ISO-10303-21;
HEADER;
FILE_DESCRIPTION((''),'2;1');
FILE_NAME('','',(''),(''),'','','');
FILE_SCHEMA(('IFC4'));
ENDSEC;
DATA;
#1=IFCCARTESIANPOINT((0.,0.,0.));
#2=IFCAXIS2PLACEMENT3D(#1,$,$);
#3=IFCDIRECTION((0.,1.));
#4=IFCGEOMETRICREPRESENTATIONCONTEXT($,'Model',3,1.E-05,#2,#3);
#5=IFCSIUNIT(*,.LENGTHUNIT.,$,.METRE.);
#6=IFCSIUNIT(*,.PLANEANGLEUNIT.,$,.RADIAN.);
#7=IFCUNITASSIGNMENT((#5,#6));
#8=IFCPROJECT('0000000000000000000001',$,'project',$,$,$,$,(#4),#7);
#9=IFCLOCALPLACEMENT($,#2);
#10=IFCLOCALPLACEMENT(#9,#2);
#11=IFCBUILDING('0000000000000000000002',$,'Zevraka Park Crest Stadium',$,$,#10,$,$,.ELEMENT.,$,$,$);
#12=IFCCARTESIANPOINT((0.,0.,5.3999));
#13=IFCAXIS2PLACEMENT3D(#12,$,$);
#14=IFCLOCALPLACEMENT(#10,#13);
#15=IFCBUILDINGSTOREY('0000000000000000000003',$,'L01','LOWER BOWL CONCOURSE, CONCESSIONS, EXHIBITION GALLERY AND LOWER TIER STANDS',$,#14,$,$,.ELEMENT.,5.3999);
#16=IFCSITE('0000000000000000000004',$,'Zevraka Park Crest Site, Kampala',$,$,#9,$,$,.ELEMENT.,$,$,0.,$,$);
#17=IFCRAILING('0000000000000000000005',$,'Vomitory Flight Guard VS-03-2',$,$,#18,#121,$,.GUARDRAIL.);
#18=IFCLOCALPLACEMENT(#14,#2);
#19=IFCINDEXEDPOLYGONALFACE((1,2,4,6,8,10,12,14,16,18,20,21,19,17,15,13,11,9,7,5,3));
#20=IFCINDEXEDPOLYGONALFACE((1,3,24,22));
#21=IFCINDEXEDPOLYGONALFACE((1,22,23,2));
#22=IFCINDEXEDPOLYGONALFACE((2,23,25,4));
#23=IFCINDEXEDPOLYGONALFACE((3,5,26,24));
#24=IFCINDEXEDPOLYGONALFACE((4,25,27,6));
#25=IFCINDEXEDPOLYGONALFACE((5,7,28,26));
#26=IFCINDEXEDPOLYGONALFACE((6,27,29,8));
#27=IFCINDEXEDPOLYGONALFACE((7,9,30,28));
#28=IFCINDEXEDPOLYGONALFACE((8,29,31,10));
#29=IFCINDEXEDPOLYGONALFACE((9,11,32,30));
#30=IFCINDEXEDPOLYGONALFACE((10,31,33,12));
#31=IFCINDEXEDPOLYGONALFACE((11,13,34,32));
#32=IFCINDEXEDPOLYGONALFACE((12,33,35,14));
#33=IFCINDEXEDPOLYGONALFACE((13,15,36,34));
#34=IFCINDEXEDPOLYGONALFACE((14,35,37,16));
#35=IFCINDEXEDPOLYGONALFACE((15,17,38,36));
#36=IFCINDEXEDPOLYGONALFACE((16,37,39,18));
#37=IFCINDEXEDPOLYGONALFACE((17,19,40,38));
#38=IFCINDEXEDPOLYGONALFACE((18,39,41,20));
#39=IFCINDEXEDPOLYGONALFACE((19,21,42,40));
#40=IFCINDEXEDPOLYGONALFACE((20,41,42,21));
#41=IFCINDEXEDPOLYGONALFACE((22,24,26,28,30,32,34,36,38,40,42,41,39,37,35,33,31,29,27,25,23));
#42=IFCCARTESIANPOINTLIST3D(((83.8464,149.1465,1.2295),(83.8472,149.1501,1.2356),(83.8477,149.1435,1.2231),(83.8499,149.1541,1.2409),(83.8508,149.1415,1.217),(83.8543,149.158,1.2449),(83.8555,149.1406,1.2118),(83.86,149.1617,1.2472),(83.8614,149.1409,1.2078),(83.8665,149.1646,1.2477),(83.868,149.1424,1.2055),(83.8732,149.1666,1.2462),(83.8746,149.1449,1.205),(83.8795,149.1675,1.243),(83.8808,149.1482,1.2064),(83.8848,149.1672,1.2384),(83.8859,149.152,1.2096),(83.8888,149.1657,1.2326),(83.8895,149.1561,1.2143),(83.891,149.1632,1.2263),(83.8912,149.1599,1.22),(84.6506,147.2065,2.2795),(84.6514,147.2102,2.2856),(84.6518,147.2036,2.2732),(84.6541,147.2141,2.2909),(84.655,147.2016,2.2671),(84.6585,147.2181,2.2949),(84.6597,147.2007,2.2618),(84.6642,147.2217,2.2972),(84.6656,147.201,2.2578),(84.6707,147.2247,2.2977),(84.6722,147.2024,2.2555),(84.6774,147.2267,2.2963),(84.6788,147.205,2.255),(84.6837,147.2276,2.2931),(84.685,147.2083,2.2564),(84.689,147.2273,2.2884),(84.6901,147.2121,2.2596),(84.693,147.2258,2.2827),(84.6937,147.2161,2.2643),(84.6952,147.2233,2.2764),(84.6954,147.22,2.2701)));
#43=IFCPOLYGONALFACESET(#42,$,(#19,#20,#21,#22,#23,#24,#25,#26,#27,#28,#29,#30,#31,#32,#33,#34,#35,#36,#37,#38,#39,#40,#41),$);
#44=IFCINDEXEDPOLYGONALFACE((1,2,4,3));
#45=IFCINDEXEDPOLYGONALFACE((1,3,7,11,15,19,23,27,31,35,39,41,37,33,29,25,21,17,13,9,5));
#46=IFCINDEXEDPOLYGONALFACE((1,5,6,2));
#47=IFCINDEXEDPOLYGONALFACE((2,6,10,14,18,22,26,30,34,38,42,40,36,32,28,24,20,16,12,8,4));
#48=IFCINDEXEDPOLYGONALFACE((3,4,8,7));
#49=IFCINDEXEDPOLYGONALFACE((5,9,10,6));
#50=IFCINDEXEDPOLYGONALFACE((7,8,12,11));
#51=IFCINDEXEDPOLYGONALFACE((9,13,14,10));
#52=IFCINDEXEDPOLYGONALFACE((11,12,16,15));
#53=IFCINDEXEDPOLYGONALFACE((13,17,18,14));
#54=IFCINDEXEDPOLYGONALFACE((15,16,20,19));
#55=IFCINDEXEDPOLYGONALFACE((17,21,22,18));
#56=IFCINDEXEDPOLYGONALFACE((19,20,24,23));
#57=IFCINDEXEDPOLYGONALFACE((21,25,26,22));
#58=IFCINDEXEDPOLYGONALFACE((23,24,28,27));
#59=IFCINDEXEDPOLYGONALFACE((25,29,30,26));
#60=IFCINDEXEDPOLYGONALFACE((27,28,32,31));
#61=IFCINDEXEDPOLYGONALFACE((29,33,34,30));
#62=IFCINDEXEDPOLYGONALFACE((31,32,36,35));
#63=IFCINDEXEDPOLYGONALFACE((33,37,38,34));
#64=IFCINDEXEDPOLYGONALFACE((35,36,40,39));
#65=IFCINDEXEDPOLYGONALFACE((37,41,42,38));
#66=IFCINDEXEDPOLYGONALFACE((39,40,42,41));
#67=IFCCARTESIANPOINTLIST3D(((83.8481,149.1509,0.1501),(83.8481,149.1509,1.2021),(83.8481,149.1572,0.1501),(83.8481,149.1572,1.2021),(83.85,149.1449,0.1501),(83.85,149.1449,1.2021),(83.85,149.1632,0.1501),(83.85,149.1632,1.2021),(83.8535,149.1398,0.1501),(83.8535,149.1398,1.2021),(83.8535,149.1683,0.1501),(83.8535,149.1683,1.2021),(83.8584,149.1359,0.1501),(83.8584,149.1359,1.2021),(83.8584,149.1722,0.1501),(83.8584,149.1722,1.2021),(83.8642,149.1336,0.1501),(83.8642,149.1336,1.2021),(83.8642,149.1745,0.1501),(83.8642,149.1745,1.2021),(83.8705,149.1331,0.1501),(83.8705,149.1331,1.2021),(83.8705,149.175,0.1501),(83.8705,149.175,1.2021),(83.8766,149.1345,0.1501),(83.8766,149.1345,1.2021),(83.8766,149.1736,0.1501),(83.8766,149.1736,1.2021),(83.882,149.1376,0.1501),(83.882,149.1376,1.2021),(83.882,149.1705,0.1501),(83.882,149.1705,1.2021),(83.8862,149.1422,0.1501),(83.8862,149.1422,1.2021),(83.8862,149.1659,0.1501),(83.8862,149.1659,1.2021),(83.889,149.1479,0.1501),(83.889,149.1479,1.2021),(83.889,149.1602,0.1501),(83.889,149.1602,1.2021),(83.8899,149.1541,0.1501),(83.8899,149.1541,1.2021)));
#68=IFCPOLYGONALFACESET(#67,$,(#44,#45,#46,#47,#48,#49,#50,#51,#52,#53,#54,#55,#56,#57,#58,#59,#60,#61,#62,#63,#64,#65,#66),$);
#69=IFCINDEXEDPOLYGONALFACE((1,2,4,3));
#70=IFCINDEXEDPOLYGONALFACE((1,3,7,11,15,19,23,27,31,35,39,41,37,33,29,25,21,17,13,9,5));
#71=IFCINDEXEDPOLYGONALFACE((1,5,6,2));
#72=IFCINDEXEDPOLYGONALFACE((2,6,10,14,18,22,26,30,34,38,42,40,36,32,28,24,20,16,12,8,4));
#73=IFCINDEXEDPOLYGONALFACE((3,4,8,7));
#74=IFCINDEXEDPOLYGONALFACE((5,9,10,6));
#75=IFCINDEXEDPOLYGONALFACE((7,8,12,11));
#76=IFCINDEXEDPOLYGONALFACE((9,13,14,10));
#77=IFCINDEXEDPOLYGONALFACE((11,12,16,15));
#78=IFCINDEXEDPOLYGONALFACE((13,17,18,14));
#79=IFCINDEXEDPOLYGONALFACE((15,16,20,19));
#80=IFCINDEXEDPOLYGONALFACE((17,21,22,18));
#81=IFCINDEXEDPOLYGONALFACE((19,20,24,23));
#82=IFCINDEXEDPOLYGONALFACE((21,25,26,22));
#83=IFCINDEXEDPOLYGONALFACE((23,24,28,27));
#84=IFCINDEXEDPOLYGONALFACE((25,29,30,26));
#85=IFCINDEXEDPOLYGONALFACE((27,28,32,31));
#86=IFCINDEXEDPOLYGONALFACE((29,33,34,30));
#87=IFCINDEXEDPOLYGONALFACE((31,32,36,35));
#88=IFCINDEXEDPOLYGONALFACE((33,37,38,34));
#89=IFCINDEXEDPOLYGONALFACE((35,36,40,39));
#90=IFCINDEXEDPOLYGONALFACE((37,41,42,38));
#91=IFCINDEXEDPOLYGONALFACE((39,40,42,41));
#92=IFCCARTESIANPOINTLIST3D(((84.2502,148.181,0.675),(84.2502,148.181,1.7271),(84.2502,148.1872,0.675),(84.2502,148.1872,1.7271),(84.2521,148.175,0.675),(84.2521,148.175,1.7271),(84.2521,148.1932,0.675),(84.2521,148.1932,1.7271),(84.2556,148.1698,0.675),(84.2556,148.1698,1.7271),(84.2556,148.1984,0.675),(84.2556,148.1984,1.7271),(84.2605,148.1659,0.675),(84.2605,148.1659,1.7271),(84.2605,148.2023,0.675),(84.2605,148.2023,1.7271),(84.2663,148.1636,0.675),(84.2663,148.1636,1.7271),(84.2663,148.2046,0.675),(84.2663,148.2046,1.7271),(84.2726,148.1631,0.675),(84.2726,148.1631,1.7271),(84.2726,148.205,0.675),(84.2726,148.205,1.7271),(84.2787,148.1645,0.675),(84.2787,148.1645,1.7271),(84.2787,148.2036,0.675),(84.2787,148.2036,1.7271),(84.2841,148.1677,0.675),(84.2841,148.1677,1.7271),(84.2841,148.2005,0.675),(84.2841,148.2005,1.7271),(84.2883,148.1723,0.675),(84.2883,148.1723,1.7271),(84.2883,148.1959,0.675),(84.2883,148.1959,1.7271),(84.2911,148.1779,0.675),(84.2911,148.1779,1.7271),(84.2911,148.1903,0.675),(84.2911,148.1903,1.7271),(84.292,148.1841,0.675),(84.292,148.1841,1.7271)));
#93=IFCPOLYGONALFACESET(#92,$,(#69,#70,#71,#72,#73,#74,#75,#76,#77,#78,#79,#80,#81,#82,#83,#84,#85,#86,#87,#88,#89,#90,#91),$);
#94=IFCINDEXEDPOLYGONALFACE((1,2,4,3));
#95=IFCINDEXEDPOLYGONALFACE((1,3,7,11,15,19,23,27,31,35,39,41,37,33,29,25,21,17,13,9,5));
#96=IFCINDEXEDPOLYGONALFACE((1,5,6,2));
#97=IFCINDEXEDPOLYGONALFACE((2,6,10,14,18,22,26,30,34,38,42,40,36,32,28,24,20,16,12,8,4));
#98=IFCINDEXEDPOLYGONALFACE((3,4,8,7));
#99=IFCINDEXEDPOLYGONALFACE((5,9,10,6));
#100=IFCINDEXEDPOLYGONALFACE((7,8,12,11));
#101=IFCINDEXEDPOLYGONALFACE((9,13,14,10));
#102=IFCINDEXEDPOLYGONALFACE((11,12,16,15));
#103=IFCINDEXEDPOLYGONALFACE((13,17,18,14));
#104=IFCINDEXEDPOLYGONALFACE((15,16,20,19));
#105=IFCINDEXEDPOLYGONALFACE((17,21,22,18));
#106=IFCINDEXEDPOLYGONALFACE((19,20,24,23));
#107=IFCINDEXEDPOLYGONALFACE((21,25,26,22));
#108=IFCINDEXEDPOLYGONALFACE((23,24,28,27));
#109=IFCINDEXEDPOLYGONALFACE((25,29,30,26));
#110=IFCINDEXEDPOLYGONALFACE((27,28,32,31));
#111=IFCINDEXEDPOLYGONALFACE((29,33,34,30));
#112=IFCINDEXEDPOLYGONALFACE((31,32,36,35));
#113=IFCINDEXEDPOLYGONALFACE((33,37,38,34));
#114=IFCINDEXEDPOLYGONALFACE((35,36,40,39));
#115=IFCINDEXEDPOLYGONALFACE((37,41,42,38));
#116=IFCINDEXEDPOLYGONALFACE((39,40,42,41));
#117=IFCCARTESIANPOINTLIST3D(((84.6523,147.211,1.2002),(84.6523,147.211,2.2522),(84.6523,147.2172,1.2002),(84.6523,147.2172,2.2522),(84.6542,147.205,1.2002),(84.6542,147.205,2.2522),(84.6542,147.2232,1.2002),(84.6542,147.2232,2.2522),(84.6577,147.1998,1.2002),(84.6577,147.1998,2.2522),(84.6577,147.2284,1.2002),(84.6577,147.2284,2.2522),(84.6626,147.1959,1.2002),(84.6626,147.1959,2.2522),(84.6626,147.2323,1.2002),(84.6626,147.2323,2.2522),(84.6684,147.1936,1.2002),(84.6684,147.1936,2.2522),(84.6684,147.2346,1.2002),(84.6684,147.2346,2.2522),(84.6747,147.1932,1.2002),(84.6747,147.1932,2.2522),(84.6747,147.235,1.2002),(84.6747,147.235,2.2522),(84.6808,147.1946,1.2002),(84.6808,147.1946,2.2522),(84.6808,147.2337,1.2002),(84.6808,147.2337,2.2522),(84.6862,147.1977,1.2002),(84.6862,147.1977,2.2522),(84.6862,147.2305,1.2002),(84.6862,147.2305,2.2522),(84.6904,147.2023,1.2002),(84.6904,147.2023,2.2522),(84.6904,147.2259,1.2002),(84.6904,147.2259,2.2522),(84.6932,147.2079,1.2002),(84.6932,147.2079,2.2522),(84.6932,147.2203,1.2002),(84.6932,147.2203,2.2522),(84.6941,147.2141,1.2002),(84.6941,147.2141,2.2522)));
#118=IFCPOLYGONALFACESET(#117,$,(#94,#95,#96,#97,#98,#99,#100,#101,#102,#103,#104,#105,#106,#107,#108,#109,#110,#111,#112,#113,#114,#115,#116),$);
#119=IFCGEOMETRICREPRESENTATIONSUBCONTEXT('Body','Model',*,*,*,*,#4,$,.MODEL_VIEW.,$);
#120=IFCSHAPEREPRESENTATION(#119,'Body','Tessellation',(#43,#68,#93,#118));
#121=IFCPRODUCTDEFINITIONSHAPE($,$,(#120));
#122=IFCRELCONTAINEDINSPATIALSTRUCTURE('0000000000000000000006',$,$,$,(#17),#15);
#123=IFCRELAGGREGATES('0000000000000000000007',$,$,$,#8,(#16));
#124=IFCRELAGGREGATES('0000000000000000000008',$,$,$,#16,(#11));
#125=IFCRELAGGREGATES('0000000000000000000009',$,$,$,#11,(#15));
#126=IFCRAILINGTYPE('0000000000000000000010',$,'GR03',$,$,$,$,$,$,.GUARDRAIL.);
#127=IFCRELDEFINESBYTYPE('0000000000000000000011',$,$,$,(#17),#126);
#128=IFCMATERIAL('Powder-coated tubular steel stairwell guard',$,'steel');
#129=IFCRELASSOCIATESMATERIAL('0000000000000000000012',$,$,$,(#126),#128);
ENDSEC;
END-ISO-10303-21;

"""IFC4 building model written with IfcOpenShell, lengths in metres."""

from ifc_helpers import new_model, si_unit, direction, frame, origin, origin_2d, place, context, subcontext, project, spatial, circle, extrude, material, type_object, element, save


model = new_model("IFC4")

# Units and contexts
model_context = context("Model", 3, precision=1e-05, world=origin(), true_north=direction((0.0, 1.0)))
body_context = subcontext(model_context, "Body", "Model", "MODEL_VIEW")
ifc_project = project(units=[si_unit("LENGTHUNIT", "METRE"), si_unit("PLANEANGLEUNIT", "RADIAN")], contexts=[model_context])

# Site, building, storey
site_placement = place(None, origin())
site = spatial("IfcSite", under=ifc_project, at=site_placement, Name="Zevraka Park Crest Site, Kampala", CompositionType="ELEMENT", RefElevation=0.0)
building_placement = place(site_placement, origin())
building = spatial("IfcBuilding", under=site, at=building_placement, Name="Zevraka Park Crest Stadium", CompositionType="ELEMENT")
storey_placement = place(building_placement, frame((0.0, 0.0, 5.3999)))
storey = spatial("IfcBuildingStorey", under=building, at=storey_placement, Name="L01", Description="LOWER BOWL CONCOURSE, CONCESSIONS, EXHIBITION GALLERY AND LOWER TIER STANDS", CompositionType="ELEMENT", Elevation=5.3999)

# Railing
ifc_material_1 = material(Name="Powder-coated tubular steel stairwell guard", Category="steel")
railing_type_1 = type_object("IfcRailingType", Name="GR03", PredefinedType="GUARDRAIL", material=ifc_material_1)
railing_1_placement = place(storey_placement, frame((83.8689, 149.1541, 0.1501)))
element("IfcRailing", 1, at=railing_1_placement, inside=storey, type_object=railing_type_1, Name="Vomitory Flight Guard VS-03-2", PredefinedType="GUARDRAIL", context=body_context, shape_type="SweptSolid", body=[
    extrude(circle(Radius=0.0239, at=origin_2d()), frame((0.0, 0.0, 1.0762), z_axis=(0.342516, -0.82624, 0.447226), x_axis=(0.92377, 0.382947, 0.0)), (0.0, 0.0, 1.0), 2.3479),
    extrude(circle(Radius=0.021, at=origin_2d()), origin(), (0.0, 0.0, 1.0), 1.052),
    extrude(circle(Radius=0.021, at=origin_2d()), frame((0.4021, -0.97, 0.5249)), (0.0, 0.0, 1.0), 1.052),
    extrude(circle(Radius=0.021, at=origin_2d()), frame((0.8042, -1.9399, 1.05)), (0.0, 0.0, 1.0), 1.052),
])

save(model, "model.ifc")
